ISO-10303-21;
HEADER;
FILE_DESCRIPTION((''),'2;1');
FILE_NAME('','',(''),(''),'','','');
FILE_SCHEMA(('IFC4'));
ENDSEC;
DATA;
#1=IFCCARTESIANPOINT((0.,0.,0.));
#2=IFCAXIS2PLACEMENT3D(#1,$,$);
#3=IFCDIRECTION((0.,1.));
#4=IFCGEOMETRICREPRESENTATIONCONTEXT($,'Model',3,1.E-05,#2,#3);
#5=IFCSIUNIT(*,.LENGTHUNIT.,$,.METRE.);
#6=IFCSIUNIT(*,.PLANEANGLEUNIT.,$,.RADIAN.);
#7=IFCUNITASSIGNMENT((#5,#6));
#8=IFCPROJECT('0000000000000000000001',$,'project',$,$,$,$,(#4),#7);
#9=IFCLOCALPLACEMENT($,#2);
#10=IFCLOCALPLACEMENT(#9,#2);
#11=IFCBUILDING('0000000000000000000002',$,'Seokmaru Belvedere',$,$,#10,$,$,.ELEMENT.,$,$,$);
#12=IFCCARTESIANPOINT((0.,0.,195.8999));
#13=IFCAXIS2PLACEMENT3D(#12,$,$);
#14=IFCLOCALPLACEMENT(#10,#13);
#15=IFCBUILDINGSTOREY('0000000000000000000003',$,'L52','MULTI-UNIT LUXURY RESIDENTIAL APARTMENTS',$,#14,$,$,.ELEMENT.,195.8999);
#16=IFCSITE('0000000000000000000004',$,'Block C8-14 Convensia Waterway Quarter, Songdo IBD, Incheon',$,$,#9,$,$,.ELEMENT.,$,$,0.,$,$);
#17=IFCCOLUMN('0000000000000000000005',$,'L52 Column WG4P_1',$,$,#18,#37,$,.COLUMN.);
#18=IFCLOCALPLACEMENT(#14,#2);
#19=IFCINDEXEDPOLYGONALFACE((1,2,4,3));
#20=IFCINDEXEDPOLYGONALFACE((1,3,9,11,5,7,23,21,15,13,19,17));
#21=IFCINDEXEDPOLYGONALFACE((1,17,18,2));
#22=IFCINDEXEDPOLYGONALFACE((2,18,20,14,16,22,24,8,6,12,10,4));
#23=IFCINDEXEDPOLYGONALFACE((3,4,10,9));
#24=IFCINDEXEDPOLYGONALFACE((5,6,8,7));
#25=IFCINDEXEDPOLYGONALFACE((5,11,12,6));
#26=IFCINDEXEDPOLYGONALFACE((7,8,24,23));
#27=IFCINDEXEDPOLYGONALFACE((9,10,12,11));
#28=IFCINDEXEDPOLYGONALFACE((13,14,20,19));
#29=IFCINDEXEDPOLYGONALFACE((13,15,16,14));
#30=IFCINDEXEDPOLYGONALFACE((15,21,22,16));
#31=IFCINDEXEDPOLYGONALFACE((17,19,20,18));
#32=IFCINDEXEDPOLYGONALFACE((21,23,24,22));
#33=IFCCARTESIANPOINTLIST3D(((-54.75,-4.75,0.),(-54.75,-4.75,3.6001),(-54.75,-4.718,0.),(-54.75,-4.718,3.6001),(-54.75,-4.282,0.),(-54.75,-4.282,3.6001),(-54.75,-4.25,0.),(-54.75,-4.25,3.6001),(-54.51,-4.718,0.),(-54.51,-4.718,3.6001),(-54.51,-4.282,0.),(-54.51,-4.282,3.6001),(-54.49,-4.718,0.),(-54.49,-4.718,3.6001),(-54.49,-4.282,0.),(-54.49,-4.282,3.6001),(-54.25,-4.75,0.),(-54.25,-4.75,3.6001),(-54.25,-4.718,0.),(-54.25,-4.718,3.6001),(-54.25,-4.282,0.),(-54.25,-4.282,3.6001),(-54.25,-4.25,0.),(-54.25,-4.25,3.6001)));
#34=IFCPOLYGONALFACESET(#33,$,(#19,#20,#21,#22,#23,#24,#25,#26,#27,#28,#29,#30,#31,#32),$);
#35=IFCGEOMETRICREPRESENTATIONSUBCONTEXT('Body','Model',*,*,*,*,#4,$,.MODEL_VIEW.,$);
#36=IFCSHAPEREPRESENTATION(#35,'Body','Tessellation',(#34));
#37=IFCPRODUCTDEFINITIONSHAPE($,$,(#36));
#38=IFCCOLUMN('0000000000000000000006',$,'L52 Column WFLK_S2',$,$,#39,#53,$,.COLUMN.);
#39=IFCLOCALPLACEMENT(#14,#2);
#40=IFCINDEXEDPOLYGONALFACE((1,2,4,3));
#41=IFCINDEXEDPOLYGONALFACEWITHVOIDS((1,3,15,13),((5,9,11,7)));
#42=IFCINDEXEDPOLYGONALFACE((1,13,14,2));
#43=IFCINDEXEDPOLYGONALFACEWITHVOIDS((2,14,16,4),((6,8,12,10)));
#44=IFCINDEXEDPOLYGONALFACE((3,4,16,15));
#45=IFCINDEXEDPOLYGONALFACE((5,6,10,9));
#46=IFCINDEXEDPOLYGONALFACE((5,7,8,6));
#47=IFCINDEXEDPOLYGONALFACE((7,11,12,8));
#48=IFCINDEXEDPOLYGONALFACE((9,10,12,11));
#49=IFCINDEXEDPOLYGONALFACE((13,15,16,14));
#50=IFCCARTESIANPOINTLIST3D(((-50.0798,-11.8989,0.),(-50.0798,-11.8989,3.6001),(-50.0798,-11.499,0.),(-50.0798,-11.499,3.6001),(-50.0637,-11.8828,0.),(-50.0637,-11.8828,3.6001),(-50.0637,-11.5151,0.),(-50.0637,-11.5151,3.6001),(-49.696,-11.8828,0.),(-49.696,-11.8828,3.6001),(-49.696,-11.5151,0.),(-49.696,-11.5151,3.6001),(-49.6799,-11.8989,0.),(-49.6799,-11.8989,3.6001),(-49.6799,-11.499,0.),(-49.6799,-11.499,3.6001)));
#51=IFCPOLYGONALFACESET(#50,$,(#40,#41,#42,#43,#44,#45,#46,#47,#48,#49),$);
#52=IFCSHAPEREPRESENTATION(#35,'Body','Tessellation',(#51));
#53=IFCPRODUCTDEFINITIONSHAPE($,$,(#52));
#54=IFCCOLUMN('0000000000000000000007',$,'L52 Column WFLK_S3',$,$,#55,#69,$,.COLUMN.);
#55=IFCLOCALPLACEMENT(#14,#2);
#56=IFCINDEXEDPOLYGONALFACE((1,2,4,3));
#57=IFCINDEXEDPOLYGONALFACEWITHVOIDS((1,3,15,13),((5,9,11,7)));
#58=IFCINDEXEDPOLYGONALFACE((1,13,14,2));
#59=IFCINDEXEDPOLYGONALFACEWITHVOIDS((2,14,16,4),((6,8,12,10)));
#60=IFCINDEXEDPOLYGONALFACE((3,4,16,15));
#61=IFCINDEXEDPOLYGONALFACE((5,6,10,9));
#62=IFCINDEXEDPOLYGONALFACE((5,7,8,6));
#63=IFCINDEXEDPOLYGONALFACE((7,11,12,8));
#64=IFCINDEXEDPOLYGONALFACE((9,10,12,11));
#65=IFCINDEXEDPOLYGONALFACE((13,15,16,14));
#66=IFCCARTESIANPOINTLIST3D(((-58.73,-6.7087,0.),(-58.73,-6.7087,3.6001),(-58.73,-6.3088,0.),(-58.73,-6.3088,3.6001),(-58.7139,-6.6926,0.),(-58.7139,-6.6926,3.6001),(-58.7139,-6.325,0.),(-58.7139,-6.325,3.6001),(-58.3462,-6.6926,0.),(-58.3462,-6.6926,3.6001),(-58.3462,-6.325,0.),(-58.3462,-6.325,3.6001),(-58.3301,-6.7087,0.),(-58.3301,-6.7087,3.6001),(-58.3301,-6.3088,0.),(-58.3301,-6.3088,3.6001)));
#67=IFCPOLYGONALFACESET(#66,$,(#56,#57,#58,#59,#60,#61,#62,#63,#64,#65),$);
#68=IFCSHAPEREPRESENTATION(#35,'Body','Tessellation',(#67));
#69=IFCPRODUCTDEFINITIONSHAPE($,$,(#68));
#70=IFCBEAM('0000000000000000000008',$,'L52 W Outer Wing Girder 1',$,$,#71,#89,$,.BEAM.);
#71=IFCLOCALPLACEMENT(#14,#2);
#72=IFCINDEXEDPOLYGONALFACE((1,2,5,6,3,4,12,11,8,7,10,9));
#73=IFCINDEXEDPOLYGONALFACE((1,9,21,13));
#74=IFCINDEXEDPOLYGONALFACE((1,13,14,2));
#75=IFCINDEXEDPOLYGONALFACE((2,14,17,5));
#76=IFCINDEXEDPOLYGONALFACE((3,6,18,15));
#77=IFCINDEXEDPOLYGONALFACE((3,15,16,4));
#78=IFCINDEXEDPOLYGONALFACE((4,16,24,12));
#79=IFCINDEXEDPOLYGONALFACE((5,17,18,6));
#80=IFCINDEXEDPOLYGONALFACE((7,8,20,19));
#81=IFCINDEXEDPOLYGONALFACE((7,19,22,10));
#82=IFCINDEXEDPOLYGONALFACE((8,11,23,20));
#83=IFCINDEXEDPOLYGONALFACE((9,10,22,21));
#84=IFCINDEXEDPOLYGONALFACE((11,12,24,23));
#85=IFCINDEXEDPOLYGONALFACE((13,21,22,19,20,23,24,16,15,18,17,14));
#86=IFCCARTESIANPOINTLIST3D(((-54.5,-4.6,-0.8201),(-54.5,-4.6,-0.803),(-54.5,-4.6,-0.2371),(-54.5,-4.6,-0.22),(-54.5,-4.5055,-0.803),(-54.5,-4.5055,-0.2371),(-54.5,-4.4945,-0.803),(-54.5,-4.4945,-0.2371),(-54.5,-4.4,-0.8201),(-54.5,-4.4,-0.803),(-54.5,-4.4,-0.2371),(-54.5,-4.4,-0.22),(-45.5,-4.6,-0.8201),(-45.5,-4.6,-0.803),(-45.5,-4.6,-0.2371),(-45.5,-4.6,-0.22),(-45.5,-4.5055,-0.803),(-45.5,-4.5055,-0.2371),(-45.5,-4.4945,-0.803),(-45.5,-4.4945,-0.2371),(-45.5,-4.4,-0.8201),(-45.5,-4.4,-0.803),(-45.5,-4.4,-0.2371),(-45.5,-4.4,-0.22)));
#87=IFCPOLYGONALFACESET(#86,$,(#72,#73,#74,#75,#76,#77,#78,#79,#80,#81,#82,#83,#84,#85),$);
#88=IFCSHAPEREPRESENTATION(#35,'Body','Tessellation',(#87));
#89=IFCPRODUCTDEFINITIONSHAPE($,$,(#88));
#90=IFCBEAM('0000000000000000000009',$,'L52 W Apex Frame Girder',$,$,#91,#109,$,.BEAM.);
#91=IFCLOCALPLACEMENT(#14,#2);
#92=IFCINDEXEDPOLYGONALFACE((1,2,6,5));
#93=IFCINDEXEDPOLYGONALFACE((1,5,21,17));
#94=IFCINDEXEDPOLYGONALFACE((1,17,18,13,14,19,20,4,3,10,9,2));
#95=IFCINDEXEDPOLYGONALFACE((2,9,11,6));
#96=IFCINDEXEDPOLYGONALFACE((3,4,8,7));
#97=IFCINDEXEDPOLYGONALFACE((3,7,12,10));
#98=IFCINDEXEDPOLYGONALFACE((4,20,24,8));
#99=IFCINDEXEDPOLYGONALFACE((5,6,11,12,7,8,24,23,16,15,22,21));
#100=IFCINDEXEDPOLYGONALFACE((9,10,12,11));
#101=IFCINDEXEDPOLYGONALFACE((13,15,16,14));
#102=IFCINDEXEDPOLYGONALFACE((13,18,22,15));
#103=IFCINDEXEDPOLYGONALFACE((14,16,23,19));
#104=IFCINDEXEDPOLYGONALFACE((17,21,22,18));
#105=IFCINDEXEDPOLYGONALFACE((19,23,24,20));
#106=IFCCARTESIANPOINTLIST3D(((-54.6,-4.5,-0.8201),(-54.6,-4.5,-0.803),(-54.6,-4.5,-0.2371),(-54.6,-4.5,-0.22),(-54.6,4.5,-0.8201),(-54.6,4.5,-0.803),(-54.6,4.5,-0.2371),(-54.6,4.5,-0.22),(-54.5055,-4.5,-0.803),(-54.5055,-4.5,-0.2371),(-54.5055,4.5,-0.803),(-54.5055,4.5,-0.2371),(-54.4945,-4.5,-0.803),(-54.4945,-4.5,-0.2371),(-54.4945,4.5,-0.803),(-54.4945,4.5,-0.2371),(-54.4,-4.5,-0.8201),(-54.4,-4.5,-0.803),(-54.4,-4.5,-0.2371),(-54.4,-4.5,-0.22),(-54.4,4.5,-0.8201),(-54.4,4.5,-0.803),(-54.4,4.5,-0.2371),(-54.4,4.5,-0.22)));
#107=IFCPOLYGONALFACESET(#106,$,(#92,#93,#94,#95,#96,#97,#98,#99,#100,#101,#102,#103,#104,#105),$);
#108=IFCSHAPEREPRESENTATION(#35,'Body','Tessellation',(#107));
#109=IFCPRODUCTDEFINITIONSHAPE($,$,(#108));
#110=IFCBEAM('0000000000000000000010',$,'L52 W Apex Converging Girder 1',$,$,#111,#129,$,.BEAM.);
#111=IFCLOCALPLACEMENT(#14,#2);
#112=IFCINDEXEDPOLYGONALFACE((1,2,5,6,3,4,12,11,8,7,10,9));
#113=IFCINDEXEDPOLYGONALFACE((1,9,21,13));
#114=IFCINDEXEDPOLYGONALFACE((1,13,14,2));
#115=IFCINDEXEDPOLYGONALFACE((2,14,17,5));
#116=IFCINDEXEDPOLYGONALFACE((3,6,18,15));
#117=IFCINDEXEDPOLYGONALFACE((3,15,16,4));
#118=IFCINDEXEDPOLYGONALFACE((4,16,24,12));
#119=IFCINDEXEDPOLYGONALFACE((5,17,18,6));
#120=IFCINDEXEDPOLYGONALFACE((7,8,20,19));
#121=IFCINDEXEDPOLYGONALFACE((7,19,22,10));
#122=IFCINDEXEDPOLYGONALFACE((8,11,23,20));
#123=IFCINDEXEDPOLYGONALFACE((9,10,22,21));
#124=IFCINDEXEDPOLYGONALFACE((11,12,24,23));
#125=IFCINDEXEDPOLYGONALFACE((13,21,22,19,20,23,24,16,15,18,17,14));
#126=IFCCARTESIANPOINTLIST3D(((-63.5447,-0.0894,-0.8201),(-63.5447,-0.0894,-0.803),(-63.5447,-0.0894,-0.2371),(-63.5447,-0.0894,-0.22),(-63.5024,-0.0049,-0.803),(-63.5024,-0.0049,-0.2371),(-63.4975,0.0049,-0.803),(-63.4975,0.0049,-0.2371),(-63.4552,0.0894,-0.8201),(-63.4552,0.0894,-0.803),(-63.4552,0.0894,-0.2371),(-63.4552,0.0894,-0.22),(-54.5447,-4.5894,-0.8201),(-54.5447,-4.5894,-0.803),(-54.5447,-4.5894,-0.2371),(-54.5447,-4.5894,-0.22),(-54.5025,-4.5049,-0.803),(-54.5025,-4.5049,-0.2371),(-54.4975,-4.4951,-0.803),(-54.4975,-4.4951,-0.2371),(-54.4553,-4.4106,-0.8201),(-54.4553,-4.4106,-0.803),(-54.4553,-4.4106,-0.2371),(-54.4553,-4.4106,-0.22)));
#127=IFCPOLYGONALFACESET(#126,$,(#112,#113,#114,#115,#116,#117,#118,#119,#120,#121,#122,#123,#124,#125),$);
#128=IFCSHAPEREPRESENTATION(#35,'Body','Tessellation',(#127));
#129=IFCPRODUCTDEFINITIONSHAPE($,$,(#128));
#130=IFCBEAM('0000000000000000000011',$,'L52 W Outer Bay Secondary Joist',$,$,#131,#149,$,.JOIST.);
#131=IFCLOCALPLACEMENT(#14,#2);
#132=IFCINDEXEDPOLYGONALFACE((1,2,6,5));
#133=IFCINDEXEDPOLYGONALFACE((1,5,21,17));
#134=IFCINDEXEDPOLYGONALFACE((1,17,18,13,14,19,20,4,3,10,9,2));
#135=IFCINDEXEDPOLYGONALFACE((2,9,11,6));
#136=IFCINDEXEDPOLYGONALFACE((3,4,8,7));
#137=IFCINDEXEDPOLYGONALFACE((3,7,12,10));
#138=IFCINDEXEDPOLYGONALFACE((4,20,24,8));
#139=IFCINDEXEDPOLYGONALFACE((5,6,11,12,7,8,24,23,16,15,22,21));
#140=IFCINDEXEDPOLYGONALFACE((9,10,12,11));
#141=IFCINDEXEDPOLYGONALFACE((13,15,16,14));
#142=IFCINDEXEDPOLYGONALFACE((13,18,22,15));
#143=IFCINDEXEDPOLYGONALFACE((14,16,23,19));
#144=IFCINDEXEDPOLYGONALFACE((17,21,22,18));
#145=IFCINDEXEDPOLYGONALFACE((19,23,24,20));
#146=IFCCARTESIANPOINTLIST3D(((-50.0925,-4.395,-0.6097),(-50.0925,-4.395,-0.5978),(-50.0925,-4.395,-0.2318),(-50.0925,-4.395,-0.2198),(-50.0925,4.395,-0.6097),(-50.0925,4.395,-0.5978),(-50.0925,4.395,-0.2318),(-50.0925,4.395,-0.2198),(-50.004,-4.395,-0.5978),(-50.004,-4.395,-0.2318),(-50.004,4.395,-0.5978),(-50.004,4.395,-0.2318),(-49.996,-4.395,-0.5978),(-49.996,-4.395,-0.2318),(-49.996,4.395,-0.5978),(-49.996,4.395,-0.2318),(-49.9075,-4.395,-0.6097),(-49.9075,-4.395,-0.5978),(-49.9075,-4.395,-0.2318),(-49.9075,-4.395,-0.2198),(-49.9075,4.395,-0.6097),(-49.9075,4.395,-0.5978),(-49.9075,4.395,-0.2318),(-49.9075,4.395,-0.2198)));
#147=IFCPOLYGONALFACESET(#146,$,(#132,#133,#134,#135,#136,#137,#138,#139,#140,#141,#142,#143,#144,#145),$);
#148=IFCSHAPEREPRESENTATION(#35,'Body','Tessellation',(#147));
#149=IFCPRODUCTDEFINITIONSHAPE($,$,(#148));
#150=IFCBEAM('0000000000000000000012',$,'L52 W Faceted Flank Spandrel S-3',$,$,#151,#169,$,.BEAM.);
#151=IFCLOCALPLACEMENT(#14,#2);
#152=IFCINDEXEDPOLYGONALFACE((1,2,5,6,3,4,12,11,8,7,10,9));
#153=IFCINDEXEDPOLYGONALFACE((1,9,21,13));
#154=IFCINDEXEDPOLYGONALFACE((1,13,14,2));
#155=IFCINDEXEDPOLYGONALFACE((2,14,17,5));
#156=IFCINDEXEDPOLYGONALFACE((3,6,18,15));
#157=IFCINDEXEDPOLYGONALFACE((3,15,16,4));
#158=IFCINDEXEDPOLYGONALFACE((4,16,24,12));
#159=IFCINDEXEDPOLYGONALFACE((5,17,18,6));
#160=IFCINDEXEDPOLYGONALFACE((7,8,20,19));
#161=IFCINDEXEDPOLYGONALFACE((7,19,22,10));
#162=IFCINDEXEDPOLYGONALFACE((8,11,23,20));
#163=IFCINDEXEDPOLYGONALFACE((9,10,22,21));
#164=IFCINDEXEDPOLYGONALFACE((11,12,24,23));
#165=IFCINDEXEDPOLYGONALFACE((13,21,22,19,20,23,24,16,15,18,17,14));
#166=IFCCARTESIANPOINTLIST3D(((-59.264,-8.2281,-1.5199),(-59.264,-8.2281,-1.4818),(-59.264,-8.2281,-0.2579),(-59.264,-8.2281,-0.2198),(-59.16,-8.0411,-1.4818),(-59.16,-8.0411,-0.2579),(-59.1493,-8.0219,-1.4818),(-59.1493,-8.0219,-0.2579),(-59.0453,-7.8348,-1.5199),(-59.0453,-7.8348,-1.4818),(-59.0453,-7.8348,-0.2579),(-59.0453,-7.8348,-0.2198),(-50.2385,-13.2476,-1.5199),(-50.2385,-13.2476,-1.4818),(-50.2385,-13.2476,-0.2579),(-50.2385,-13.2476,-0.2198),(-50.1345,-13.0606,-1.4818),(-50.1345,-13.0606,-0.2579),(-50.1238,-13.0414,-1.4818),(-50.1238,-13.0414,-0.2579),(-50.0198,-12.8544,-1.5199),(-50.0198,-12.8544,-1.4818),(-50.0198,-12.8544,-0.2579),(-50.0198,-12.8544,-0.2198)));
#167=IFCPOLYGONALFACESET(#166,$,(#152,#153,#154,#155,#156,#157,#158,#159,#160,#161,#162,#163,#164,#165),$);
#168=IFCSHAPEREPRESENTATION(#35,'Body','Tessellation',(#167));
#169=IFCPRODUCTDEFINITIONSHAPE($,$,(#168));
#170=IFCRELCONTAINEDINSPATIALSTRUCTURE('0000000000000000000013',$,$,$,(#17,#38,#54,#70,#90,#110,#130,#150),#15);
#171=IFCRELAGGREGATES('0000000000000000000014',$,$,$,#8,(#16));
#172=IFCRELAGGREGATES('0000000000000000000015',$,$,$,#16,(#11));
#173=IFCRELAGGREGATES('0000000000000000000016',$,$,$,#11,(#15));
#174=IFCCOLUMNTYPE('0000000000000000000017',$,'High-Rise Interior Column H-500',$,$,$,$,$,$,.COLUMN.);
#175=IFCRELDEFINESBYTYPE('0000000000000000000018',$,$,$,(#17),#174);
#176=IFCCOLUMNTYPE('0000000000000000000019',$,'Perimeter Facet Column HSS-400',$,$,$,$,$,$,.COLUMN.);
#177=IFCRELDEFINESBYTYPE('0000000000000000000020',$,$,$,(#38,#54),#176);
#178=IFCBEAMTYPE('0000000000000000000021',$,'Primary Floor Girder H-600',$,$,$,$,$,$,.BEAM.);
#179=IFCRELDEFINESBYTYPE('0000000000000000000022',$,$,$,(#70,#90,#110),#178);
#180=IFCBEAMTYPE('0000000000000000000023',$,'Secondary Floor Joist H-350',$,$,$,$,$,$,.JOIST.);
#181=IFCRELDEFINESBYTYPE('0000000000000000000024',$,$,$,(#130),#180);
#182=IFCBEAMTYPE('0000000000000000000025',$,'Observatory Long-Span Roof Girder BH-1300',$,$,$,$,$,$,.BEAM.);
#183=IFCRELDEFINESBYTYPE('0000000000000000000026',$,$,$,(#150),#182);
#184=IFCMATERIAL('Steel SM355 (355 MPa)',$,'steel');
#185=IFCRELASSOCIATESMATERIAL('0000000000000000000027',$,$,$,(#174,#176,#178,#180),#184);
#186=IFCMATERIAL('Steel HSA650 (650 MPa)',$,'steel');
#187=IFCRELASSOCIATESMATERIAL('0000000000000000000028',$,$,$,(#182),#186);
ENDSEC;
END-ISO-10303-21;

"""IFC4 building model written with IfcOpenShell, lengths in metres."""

from ifc_helpers import new_model, si_unit, direction, frame, origin, origin_2d, place, context, subcontext, project, spatial, hollow_rectangle, i_section, extrude, source, transform, mapped, material, material_profile, profile_set, type_object, type_shapes, element, save


model = new_model("IFC4")

# Units and contexts
model_context = context("Model", 3, precision=1e-05, world=origin(), true_north=direction((0.0, 1.0)))
body_context = subcontext(model_context, "Body", "Model", "MODEL_VIEW")
ifc_project = project(units=[si_unit("LENGTHUNIT", "METRE"), si_unit("PLANEANGLEUNIT", "RADIAN")], contexts=[model_context])

# Site, building, storey
site_placement = place(None, origin())
site = spatial("IfcSite", under=ifc_project, at=site_placement, Name="Block C8-14 Convensia Waterway Quarter, Songdo IBD, Incheon", CompositionType="ELEMENT", RefElevation=0.0)
building_placement = place(site_placement, origin())
building = spatial("IfcBuilding", under=site, at=building_placement, Name="Seokmaru Belvedere", CompositionType="ELEMENT")
storey_placement = place(building_placement, frame((0.0, 0.0, 195.8999)))
storey = spatial("IfcBuildingStorey", under=building, at=storey_placement, Name="L52", Description="MULTI-UNIT LUXURY RESIDENTIAL APARTMENTS", CompositionType="ELEMENT", Elevation=195.8999)

# Columns
ifc_material_1 = material(Name="Steel SM355 (355 MPa)", Category="steel")
ifc_material_profile_1 = material_profile(ifc_material_1, i_section(OverallWidth=0.5, OverallDepth=0.5, WebThickness=0.02, FlangeThickness=0.032, at=origin_2d()), Name="H-500x500x20x32")
ifc_profile_set_1 = profile_set([ifc_material_profile_1], Name="Steel SM355 (355 MPa)")
column_type_1 = type_object("IfcColumnType", Name="High-Rise Interior Column H-500", PredefinedType="COLUMN", material=ifc_profile_set_1)
shared_shape_1 = source(origin(), body_context, "Body", "SweptSolid", [
    extrude(i_section(OverallWidth=0.5, OverallDepth=0.5, WebThickness=0.02, FlangeThickness=0.032, at=origin_2d()), origin(), (0.0, 0.0, 1.0), 3.6001),
])
type_shapes(column_type_1, [shared_shape_1])
column_placement = place(storey_placement, frame((-54.5, -4.5, 0.0), z_axis=(0.0, 0.0, 1.0), x_axis=(1.0, 0.0, 0.0)))
element("IfcColumn", 1, at=column_placement, inside=storey, type_object=column_type_1, Name="L52 Column WG4P_1", PredefinedType="COLUMN", context=body_context, shape_type="MappedRepresentation", body=[
    mapped(shared_shape_1, transform((0.0, 0.0, 0.0), scale=1.0)),
])
ifc_material_profile_2 = material_profile(ifc_material_1, hollow_rectangle(XDim=0.3999, YDim=0.3999, WallThickness=0.0161, at=origin_2d()), Name="HSS-400x400x16")
ifc_profile_set_2 = profile_set([ifc_material_profile_2], Name="Steel SM355 (355 MPa)")
column_type_2 = type_object("IfcColumnType", Name="Perimeter Facet Column HSS-400", PredefinedType="COLUMN", material=ifc_profile_set_2)
shared_shape_2 = source(origin(), body_context, "Body", "SweptSolid", [
    extrude(hollow_rectangle(XDim=0.3999, YDim=0.3999, WallThickness=0.0161, at=origin_2d()), origin(), (0.0, 0.0, 1.0), 3.6001),
])
type_shapes(column_type_2, [shared_shape_2])
for number, where, z_axis, x_axis, name in (
    (2, (-49.8799, -11.699, 0.0), (0.0, 0.0, 1.0), (1.0, 0.0, 0.0), "L52 Column WFLK_S2"),
    (3, (-58.53, -6.5088, 0.0), (0.0, 0.0, 1.0), (1.0, 0.0, 0.0), "L52 Column WFLK_S3"),
):
    element("IfcColumn", number, at=place(storey_placement, frame(where, z_axis=z_axis, x_axis=x_axis)), inside=storey, type_object=column_type_2, Name=name, PredefinedType="COLUMN", context=body_context, shape_type="MappedRepresentation", body=[
        mapped(shared_shape_2, transform((0.0, 0.0, 0.0), scale=1.0)),
    ])

# Beams
ifc_material_profile_3 = material_profile(ifc_material_1, i_section(OverallWidth=0.2, OverallDepth=0.6001, WebThickness=0.011, FlangeThickness=0.0171, at=origin_2d()), Name="H-600x200x11x17")
ifc_profile_set_3 = profile_set([ifc_material_profile_3], Name="Steel SM355 (355 MPa)")
beam_type_1 = type_object("IfcBeamType", Name="Primary Floor Girder H-600", PredefinedType="BEAM", material=ifc_profile_set_3)
shared_shape_3 = source(origin(), body_context, "Body", "SweptSolid", [
    extrude(i_section(OverallWidth=0.2, OverallDepth=0.6001, WebThickness=0.011, FlangeThickness=0.0171, at=origin_2d()), origin(), (0.0, 0.0, 1.0), 9.0),
])
for number, where, z_axis, x_axis, name in (
    (4, (-54.5, -4.5, -0.52), (1.0, 0.0, 0.0), (0.0, 1.0, 0.0), "L52 W Outer Wing Girder 1"),
    (5, (-54.5, -4.5, -0.52), (0.0, 1.0, 0.0), (-1.0, 0.0, 0.0), "L52 W Apex Frame Girder"),
):
    element("IfcBeam", number, at=place(storey_placement, frame(where, z_axis=z_axis, x_axis=x_axis)), inside=storey, type_object=beam_type_1, Name=name, PredefinedType="BEAM", context=body_context, shape_type="MappedRepresentation", body=[
        mapped(shared_shape_3, transform((0.0, 0.0, 0.0), scale=1.0)),
    ])
shared_shape_4 = source(origin(), body_context, "Body", "SweptSolid", [
    extrude(i_section(OverallWidth=0.2, OverallDepth=0.6001, WebThickness=0.011, FlangeThickness=0.0171, at=origin_2d()), origin(), (0.0, 0.0, 1.0), 10.0623),
])
type_shapes(beam_type_1, [shared_shape_3, shared_shape_4])
beam_1_placement = place(storey_placement, frame((-54.5, -4.5, -0.52), z_axis=(-0.894427, 0.447214, 0.0), x_axis=(-0.447214, -0.894427, 0.0)))
element("IfcBeam", 6, at=beam_1_placement, inside=storey, type_object=beam_type_1, Name="L52 W Apex Converging Girder 1", PredefinedType="BEAM", context=body_context, shape_type="MappedRepresentation", body=[
    mapped(shared_shape_4, transform((0.0, 0.0, 0.0), scale=1.0)),
])
ifc_material_profile_4 = material_profile(ifc_material_1, i_section(OverallWidth=0.1851, OverallDepth=0.3899, WebThickness=0.0081, FlangeThickness=0.012, at=origin_2d()), Name="H-390x185x8x12")
ifc_profile_set_4 = profile_set([ifc_material_profile_4], Name="Steel SM355 (355 MPa)")
beam_type_2 = type_object("IfcBeamType", Name="Secondary Floor Joist H-350", PredefinedType="JOIST", material=ifc_profile_set_4)
shared_shape_5 = source(origin(), body_context, "Body", "SweptSolid", [
    extrude(i_section(OverallWidth=0.1851, OverallDepth=0.3899, WebThickness=0.0081, FlangeThickness=0.012, at=origin_2d()), origin(), (0.0, 0.0, 1.0), 8.79),
])
type_shapes(beam_type_2, [shared_shape_5])
beam_2_placement = place(storey_placement, frame((-50.0, -4.395, -0.4148), z_axis=(0.0, 1.0, 0.0), x_axis=(-1.0, 0.0, 0.0)))
element("IfcBeam", 7, at=beam_2_placement, inside=storey, type_object=beam_type_2, Name="L52 W Outer Bay Secondary Joist", PredefinedType="JOIST", context=body_context, shape_type="MappedRepresentation", body=[
    mapped(shared_shape_5, transform((0.0, 0.0, 0.0), scale=1.0)),
])
ifc_material_2 = material(Name="Steel HSA650 (650 MPa)", Category="steel")
ifc_material_profile_5 = material_profile(ifc_material_2, i_section(OverallWidth=0.45, OverallDepth=1.3, WebThickness=0.022, FlangeThickness=0.0381, at=origin_2d()), Name="BH-1300x450x22x38")
ifc_profile_set_5 = profile_set([ifc_material_profile_5], Name="Steel HSA650 (650 MPa)")
beam_type_3 = type_object("IfcBeamType", Name="Observatory Long-Span Roof Girder BH-1300", PredefinedType="BEAM", material=ifc_profile_set_5)
shared_shape_6 = source(origin(), body_context, "Body", "SweptSolid", [
    extrude(i_section(OverallWidth=0.45, OverallDepth=1.3, WebThickness=0.022, FlangeThickness=0.0381, at=origin_2d()), origin(), (0.0, 0.0, 1.0), 10.3274),
])
beam_3_placement = place(storey_placement, frame((-50.1292, -13.051, -0.8699), z_axis=(-0.873934, 0.486044, 0.0), x_axis=(-0.486044, -0.873934, 0.0)))
element("IfcBeam", 8, at=beam_3_placement, inside=storey, type_object=beam_type_3, Name="L52 W Faceted Flank Spandrel S-3", PredefinedType="BEAM", context=body_context, shape_type="MappedRepresentation", body=[
    mapped(shared_shape_6, transform((0.0, 0.0, 0.0), scale=1.0)),
])

save(model, "model.ifc")
